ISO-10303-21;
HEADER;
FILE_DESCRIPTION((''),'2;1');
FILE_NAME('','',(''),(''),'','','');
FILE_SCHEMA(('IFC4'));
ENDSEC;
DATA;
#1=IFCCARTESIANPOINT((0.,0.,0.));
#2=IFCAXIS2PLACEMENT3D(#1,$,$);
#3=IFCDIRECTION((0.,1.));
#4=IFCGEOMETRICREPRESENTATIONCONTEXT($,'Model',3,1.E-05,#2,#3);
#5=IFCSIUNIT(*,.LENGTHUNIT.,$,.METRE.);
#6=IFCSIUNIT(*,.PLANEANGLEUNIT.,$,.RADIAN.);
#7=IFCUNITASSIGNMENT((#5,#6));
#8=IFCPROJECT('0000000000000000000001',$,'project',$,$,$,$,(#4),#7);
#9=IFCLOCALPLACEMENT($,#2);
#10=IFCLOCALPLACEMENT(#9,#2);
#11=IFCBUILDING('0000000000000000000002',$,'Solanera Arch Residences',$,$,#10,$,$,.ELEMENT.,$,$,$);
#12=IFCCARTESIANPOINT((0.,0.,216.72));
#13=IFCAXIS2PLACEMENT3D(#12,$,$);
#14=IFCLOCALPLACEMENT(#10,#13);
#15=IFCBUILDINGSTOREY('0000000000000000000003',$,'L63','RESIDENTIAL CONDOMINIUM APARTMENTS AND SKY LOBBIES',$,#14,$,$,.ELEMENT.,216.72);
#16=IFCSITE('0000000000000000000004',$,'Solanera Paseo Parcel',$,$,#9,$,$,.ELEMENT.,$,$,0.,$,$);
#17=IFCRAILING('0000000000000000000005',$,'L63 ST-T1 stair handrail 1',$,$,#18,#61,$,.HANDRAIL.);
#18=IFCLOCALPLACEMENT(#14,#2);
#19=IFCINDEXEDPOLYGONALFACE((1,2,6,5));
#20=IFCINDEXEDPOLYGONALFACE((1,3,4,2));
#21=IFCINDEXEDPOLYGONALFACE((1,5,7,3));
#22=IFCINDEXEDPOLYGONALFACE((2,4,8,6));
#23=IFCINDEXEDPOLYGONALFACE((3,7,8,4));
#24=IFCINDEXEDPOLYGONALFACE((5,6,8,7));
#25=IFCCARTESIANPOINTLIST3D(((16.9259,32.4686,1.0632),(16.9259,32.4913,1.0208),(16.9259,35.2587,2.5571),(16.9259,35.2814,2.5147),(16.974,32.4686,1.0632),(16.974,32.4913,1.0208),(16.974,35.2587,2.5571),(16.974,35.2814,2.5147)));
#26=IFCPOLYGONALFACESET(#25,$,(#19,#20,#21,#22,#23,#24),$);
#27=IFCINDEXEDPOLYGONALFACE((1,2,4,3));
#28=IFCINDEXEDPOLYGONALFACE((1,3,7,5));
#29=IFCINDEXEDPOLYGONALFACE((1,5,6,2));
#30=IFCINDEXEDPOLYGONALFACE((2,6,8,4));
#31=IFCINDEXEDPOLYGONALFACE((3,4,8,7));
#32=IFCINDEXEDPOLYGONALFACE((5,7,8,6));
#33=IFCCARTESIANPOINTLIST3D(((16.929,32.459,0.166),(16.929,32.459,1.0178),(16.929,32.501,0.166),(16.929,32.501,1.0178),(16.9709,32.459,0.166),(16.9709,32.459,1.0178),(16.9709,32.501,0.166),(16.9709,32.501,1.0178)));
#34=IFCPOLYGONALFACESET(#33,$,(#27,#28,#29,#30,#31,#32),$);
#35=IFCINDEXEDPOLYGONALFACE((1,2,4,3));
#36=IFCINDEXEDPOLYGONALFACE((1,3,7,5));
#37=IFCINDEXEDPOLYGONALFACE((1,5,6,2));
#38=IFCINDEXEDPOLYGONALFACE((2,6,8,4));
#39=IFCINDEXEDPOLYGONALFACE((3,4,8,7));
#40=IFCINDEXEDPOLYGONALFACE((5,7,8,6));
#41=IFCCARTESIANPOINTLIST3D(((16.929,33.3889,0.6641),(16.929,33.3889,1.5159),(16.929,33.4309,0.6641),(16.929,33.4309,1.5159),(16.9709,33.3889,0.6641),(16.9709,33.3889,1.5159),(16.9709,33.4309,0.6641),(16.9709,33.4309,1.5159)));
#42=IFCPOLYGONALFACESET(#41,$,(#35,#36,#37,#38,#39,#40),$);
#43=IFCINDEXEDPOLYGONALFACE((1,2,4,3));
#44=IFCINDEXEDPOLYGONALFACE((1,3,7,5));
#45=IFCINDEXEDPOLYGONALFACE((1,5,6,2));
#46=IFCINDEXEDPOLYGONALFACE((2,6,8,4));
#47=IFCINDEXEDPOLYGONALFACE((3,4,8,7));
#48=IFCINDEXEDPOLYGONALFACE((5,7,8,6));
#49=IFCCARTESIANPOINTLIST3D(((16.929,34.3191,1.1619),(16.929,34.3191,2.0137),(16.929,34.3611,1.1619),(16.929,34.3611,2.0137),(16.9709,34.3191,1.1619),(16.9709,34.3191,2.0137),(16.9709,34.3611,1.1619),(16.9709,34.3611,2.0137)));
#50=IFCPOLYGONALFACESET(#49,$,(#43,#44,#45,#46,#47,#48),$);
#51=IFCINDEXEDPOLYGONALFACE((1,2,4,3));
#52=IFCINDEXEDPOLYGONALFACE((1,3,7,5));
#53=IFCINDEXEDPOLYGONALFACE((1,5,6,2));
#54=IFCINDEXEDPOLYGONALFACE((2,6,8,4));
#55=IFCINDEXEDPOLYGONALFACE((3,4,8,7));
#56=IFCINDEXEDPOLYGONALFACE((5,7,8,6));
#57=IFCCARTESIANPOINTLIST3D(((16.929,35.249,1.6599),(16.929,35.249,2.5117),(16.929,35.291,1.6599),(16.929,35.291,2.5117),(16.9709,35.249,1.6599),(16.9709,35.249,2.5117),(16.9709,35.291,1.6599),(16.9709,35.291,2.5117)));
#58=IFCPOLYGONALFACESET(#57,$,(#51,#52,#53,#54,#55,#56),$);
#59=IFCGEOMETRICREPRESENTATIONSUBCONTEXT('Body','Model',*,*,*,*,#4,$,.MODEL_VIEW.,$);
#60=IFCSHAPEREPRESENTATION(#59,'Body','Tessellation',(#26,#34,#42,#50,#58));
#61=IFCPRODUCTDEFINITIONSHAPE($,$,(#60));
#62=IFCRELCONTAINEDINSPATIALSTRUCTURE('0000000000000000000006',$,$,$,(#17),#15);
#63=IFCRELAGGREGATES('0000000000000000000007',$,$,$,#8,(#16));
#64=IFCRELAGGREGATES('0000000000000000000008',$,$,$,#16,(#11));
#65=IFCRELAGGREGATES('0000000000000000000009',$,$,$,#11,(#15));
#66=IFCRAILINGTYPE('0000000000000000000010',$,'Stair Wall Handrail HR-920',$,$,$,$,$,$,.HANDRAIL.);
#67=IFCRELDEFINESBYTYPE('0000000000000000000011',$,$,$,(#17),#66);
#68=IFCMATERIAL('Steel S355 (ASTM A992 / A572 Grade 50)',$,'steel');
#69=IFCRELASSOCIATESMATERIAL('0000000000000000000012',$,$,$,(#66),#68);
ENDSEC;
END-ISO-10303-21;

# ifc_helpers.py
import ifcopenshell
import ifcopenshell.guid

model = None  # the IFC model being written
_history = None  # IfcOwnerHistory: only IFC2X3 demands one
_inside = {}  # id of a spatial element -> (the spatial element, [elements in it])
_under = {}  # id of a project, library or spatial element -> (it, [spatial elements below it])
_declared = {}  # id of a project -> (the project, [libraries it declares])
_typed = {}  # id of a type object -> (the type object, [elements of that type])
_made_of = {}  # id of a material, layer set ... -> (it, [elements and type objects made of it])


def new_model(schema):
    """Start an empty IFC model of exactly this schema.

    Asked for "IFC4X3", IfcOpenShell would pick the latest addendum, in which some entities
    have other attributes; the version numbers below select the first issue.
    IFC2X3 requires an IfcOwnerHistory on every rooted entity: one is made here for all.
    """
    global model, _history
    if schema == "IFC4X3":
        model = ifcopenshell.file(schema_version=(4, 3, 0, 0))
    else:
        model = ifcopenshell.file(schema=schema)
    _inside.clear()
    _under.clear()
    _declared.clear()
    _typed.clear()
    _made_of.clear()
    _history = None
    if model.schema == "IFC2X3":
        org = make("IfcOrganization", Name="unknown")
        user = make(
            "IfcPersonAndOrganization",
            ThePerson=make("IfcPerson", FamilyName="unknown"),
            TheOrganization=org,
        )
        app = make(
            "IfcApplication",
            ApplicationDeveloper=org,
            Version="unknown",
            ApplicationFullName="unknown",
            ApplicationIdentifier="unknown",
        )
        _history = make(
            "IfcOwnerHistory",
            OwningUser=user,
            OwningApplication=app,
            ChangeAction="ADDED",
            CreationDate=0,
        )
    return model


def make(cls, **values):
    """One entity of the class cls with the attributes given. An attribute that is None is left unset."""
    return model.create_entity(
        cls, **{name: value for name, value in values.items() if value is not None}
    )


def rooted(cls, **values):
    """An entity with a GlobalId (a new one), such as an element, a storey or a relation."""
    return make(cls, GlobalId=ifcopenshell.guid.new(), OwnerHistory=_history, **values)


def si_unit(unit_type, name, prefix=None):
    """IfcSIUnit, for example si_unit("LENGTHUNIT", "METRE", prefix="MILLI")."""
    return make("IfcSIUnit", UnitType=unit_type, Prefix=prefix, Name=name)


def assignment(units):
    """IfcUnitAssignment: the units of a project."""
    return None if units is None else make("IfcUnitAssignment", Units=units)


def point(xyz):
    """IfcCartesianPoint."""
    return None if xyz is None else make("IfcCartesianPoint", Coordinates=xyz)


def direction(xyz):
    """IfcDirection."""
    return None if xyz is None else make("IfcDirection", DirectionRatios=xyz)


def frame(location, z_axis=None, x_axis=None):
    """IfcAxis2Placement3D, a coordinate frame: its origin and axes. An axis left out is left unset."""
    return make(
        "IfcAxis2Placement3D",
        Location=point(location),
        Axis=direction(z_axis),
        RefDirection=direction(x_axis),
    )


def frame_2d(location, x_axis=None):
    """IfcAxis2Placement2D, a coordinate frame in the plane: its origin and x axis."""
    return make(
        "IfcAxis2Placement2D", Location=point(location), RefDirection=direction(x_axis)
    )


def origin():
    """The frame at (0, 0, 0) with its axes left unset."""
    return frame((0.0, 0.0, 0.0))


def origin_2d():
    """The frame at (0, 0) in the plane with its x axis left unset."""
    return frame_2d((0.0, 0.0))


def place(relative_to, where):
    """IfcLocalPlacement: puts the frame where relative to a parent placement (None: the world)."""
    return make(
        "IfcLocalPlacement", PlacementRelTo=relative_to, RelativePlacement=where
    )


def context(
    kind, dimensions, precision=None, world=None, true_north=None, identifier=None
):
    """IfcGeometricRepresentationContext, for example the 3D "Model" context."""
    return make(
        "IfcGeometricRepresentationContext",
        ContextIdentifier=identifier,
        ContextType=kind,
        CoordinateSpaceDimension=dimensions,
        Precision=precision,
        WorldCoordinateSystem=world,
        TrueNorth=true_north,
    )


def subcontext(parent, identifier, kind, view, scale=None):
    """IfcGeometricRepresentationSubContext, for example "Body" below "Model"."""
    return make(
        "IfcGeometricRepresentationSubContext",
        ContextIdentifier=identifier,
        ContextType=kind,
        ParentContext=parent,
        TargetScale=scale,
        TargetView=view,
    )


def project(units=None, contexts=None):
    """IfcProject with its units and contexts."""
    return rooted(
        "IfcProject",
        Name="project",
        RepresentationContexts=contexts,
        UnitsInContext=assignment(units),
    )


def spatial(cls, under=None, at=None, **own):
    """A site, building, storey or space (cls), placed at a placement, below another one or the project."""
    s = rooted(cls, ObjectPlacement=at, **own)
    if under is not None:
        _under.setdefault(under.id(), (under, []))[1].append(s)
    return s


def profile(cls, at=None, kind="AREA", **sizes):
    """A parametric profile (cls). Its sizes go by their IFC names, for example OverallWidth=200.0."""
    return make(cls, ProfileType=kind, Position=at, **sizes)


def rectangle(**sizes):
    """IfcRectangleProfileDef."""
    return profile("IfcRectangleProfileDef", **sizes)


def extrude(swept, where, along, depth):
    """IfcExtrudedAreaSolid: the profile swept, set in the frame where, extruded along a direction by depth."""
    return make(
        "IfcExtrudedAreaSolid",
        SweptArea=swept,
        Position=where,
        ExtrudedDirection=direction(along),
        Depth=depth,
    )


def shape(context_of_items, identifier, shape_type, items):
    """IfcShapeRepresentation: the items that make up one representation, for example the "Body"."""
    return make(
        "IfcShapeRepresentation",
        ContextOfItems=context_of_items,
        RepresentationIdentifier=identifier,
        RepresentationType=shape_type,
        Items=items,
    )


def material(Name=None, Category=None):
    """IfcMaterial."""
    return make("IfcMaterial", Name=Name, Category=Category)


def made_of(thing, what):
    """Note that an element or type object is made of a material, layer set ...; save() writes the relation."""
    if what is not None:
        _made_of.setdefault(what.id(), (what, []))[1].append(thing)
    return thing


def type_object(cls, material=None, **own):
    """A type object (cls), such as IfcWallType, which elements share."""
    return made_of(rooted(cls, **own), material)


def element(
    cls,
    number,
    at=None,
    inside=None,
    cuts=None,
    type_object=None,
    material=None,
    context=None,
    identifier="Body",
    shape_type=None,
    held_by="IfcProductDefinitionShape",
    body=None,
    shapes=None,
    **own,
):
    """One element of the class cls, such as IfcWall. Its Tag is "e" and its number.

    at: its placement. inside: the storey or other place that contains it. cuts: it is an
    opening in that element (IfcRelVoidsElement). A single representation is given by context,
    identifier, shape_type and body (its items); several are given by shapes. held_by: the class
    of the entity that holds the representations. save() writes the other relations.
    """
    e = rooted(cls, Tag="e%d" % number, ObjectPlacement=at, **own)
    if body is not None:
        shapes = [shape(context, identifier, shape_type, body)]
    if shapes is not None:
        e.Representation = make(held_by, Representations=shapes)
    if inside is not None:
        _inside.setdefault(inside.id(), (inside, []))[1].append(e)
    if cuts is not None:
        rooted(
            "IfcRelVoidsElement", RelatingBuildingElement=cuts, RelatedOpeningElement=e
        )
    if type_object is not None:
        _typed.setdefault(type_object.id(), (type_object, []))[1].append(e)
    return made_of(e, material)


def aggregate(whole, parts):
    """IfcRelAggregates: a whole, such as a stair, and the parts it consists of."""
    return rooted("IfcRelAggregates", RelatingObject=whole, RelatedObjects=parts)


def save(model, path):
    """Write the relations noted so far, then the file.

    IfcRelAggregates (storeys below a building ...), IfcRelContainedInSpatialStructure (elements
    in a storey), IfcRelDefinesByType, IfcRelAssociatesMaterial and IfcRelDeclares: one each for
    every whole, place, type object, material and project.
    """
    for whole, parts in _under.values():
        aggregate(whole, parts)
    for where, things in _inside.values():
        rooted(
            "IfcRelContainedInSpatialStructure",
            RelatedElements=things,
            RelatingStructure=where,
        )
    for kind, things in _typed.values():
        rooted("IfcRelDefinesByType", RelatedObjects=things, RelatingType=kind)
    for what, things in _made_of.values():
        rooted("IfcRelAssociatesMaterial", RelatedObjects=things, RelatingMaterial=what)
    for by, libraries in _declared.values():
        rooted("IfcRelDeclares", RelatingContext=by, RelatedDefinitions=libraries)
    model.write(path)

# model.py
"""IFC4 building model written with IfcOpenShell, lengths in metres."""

from ifc_helpers import new_model, si_unit, direction, frame, origin, origin_2d, place, context, subcontext, project, spatial, rectangle, extrude, material, type_object, element, save


model = new_model("IFC4")

# Units and contexts
model_context = context("Model", 3, precision=1e-05, world=origin(), true_north=direction((0.0, 1.0)))
body_context = subcontext(model_context, "Body", "Model", "MODEL_VIEW")
ifc_project = project(units=[si_unit("LENGTHUNIT", "METRE"), si_unit("PLANEANGLEUNIT", "RADIAN")], contexts=[model_context])

# Site, building, storey
site_placement = place(None, origin())
site = spatial("IfcSite", under=ifc_project, at=site_placement, Name="Solanera Paseo Parcel", CompositionType="ELEMENT", RefElevation=0.0)
building_placement = place(site_placement, origin())
building = spatial("IfcBuilding", under=site, at=building_placement, Name="Solanera Arch Residences", CompositionType="ELEMENT")
storey_placement = place(building_placement, frame((0.0, 0.0, 216.72)))
storey = spatial("IfcBuildingStorey", under=building, at=storey_placement, Name="L63", Description="RESIDENTIAL CONDOMINIUM APARTMENTS AND SKY LOBBIES", CompositionType="ELEMENT", Elevation=216.72)

# Railing
ifc_material_1 = material(Name="Steel S355 (ASTM A992 / A572 Grade 50)", Category="steel")
railing_type_1 = type_object("IfcRailingType", Name="Stair Wall Handrail HR-920", PredefinedType="HANDRAIL", material=ifc_material_1)
railing_1_placement = place(storey_placement, frame((16.95, 32.48, 0.166)))
element("IfcRailing", 1, at=railing_1_placement, inside=storey, type_object=railing_type_1, Name="L63 ST-T1 stair handrail 1", PredefinedType="HANDRAIL", context=body_context, shape_type="SweptSolid", body=[
    extrude(rectangle(XDim=0.0481, YDim=0.0481, at=origin_2d()), frame((0.0, 0.0, 0.876), z_axis=(0.0, 0.881581, 0.472033), x_axis=(-1.0, 0.0, 0.0)), (0.0, 0.0, 1.0), 3.1648),
    extrude(rectangle(XDim=0.042, YDim=0.042, at=origin_2d()), origin(), (0.0, 0.0, 1.0), 0.8518),
    extrude(rectangle(XDim=0.042, YDim=0.042, at=origin_2d()), frame((0.0, 0.9299, 0.498)), (0.0, 0.0, 1.0), 0.8518),
    extrude(rectangle(XDim=0.042, YDim=0.042, at=origin_2d()), frame((0.0, 1.8601, 0.9958)), (0.0, 0.0, 1.0), 0.8518),
    extrude(rectangle(XDim=0.042, YDim=0.042, at=origin_2d()), frame((0.0, 2.79, 1.4939)), (0.0, 0.0, 1.0), 0.8518),
])

save(model, "model.ifc")
